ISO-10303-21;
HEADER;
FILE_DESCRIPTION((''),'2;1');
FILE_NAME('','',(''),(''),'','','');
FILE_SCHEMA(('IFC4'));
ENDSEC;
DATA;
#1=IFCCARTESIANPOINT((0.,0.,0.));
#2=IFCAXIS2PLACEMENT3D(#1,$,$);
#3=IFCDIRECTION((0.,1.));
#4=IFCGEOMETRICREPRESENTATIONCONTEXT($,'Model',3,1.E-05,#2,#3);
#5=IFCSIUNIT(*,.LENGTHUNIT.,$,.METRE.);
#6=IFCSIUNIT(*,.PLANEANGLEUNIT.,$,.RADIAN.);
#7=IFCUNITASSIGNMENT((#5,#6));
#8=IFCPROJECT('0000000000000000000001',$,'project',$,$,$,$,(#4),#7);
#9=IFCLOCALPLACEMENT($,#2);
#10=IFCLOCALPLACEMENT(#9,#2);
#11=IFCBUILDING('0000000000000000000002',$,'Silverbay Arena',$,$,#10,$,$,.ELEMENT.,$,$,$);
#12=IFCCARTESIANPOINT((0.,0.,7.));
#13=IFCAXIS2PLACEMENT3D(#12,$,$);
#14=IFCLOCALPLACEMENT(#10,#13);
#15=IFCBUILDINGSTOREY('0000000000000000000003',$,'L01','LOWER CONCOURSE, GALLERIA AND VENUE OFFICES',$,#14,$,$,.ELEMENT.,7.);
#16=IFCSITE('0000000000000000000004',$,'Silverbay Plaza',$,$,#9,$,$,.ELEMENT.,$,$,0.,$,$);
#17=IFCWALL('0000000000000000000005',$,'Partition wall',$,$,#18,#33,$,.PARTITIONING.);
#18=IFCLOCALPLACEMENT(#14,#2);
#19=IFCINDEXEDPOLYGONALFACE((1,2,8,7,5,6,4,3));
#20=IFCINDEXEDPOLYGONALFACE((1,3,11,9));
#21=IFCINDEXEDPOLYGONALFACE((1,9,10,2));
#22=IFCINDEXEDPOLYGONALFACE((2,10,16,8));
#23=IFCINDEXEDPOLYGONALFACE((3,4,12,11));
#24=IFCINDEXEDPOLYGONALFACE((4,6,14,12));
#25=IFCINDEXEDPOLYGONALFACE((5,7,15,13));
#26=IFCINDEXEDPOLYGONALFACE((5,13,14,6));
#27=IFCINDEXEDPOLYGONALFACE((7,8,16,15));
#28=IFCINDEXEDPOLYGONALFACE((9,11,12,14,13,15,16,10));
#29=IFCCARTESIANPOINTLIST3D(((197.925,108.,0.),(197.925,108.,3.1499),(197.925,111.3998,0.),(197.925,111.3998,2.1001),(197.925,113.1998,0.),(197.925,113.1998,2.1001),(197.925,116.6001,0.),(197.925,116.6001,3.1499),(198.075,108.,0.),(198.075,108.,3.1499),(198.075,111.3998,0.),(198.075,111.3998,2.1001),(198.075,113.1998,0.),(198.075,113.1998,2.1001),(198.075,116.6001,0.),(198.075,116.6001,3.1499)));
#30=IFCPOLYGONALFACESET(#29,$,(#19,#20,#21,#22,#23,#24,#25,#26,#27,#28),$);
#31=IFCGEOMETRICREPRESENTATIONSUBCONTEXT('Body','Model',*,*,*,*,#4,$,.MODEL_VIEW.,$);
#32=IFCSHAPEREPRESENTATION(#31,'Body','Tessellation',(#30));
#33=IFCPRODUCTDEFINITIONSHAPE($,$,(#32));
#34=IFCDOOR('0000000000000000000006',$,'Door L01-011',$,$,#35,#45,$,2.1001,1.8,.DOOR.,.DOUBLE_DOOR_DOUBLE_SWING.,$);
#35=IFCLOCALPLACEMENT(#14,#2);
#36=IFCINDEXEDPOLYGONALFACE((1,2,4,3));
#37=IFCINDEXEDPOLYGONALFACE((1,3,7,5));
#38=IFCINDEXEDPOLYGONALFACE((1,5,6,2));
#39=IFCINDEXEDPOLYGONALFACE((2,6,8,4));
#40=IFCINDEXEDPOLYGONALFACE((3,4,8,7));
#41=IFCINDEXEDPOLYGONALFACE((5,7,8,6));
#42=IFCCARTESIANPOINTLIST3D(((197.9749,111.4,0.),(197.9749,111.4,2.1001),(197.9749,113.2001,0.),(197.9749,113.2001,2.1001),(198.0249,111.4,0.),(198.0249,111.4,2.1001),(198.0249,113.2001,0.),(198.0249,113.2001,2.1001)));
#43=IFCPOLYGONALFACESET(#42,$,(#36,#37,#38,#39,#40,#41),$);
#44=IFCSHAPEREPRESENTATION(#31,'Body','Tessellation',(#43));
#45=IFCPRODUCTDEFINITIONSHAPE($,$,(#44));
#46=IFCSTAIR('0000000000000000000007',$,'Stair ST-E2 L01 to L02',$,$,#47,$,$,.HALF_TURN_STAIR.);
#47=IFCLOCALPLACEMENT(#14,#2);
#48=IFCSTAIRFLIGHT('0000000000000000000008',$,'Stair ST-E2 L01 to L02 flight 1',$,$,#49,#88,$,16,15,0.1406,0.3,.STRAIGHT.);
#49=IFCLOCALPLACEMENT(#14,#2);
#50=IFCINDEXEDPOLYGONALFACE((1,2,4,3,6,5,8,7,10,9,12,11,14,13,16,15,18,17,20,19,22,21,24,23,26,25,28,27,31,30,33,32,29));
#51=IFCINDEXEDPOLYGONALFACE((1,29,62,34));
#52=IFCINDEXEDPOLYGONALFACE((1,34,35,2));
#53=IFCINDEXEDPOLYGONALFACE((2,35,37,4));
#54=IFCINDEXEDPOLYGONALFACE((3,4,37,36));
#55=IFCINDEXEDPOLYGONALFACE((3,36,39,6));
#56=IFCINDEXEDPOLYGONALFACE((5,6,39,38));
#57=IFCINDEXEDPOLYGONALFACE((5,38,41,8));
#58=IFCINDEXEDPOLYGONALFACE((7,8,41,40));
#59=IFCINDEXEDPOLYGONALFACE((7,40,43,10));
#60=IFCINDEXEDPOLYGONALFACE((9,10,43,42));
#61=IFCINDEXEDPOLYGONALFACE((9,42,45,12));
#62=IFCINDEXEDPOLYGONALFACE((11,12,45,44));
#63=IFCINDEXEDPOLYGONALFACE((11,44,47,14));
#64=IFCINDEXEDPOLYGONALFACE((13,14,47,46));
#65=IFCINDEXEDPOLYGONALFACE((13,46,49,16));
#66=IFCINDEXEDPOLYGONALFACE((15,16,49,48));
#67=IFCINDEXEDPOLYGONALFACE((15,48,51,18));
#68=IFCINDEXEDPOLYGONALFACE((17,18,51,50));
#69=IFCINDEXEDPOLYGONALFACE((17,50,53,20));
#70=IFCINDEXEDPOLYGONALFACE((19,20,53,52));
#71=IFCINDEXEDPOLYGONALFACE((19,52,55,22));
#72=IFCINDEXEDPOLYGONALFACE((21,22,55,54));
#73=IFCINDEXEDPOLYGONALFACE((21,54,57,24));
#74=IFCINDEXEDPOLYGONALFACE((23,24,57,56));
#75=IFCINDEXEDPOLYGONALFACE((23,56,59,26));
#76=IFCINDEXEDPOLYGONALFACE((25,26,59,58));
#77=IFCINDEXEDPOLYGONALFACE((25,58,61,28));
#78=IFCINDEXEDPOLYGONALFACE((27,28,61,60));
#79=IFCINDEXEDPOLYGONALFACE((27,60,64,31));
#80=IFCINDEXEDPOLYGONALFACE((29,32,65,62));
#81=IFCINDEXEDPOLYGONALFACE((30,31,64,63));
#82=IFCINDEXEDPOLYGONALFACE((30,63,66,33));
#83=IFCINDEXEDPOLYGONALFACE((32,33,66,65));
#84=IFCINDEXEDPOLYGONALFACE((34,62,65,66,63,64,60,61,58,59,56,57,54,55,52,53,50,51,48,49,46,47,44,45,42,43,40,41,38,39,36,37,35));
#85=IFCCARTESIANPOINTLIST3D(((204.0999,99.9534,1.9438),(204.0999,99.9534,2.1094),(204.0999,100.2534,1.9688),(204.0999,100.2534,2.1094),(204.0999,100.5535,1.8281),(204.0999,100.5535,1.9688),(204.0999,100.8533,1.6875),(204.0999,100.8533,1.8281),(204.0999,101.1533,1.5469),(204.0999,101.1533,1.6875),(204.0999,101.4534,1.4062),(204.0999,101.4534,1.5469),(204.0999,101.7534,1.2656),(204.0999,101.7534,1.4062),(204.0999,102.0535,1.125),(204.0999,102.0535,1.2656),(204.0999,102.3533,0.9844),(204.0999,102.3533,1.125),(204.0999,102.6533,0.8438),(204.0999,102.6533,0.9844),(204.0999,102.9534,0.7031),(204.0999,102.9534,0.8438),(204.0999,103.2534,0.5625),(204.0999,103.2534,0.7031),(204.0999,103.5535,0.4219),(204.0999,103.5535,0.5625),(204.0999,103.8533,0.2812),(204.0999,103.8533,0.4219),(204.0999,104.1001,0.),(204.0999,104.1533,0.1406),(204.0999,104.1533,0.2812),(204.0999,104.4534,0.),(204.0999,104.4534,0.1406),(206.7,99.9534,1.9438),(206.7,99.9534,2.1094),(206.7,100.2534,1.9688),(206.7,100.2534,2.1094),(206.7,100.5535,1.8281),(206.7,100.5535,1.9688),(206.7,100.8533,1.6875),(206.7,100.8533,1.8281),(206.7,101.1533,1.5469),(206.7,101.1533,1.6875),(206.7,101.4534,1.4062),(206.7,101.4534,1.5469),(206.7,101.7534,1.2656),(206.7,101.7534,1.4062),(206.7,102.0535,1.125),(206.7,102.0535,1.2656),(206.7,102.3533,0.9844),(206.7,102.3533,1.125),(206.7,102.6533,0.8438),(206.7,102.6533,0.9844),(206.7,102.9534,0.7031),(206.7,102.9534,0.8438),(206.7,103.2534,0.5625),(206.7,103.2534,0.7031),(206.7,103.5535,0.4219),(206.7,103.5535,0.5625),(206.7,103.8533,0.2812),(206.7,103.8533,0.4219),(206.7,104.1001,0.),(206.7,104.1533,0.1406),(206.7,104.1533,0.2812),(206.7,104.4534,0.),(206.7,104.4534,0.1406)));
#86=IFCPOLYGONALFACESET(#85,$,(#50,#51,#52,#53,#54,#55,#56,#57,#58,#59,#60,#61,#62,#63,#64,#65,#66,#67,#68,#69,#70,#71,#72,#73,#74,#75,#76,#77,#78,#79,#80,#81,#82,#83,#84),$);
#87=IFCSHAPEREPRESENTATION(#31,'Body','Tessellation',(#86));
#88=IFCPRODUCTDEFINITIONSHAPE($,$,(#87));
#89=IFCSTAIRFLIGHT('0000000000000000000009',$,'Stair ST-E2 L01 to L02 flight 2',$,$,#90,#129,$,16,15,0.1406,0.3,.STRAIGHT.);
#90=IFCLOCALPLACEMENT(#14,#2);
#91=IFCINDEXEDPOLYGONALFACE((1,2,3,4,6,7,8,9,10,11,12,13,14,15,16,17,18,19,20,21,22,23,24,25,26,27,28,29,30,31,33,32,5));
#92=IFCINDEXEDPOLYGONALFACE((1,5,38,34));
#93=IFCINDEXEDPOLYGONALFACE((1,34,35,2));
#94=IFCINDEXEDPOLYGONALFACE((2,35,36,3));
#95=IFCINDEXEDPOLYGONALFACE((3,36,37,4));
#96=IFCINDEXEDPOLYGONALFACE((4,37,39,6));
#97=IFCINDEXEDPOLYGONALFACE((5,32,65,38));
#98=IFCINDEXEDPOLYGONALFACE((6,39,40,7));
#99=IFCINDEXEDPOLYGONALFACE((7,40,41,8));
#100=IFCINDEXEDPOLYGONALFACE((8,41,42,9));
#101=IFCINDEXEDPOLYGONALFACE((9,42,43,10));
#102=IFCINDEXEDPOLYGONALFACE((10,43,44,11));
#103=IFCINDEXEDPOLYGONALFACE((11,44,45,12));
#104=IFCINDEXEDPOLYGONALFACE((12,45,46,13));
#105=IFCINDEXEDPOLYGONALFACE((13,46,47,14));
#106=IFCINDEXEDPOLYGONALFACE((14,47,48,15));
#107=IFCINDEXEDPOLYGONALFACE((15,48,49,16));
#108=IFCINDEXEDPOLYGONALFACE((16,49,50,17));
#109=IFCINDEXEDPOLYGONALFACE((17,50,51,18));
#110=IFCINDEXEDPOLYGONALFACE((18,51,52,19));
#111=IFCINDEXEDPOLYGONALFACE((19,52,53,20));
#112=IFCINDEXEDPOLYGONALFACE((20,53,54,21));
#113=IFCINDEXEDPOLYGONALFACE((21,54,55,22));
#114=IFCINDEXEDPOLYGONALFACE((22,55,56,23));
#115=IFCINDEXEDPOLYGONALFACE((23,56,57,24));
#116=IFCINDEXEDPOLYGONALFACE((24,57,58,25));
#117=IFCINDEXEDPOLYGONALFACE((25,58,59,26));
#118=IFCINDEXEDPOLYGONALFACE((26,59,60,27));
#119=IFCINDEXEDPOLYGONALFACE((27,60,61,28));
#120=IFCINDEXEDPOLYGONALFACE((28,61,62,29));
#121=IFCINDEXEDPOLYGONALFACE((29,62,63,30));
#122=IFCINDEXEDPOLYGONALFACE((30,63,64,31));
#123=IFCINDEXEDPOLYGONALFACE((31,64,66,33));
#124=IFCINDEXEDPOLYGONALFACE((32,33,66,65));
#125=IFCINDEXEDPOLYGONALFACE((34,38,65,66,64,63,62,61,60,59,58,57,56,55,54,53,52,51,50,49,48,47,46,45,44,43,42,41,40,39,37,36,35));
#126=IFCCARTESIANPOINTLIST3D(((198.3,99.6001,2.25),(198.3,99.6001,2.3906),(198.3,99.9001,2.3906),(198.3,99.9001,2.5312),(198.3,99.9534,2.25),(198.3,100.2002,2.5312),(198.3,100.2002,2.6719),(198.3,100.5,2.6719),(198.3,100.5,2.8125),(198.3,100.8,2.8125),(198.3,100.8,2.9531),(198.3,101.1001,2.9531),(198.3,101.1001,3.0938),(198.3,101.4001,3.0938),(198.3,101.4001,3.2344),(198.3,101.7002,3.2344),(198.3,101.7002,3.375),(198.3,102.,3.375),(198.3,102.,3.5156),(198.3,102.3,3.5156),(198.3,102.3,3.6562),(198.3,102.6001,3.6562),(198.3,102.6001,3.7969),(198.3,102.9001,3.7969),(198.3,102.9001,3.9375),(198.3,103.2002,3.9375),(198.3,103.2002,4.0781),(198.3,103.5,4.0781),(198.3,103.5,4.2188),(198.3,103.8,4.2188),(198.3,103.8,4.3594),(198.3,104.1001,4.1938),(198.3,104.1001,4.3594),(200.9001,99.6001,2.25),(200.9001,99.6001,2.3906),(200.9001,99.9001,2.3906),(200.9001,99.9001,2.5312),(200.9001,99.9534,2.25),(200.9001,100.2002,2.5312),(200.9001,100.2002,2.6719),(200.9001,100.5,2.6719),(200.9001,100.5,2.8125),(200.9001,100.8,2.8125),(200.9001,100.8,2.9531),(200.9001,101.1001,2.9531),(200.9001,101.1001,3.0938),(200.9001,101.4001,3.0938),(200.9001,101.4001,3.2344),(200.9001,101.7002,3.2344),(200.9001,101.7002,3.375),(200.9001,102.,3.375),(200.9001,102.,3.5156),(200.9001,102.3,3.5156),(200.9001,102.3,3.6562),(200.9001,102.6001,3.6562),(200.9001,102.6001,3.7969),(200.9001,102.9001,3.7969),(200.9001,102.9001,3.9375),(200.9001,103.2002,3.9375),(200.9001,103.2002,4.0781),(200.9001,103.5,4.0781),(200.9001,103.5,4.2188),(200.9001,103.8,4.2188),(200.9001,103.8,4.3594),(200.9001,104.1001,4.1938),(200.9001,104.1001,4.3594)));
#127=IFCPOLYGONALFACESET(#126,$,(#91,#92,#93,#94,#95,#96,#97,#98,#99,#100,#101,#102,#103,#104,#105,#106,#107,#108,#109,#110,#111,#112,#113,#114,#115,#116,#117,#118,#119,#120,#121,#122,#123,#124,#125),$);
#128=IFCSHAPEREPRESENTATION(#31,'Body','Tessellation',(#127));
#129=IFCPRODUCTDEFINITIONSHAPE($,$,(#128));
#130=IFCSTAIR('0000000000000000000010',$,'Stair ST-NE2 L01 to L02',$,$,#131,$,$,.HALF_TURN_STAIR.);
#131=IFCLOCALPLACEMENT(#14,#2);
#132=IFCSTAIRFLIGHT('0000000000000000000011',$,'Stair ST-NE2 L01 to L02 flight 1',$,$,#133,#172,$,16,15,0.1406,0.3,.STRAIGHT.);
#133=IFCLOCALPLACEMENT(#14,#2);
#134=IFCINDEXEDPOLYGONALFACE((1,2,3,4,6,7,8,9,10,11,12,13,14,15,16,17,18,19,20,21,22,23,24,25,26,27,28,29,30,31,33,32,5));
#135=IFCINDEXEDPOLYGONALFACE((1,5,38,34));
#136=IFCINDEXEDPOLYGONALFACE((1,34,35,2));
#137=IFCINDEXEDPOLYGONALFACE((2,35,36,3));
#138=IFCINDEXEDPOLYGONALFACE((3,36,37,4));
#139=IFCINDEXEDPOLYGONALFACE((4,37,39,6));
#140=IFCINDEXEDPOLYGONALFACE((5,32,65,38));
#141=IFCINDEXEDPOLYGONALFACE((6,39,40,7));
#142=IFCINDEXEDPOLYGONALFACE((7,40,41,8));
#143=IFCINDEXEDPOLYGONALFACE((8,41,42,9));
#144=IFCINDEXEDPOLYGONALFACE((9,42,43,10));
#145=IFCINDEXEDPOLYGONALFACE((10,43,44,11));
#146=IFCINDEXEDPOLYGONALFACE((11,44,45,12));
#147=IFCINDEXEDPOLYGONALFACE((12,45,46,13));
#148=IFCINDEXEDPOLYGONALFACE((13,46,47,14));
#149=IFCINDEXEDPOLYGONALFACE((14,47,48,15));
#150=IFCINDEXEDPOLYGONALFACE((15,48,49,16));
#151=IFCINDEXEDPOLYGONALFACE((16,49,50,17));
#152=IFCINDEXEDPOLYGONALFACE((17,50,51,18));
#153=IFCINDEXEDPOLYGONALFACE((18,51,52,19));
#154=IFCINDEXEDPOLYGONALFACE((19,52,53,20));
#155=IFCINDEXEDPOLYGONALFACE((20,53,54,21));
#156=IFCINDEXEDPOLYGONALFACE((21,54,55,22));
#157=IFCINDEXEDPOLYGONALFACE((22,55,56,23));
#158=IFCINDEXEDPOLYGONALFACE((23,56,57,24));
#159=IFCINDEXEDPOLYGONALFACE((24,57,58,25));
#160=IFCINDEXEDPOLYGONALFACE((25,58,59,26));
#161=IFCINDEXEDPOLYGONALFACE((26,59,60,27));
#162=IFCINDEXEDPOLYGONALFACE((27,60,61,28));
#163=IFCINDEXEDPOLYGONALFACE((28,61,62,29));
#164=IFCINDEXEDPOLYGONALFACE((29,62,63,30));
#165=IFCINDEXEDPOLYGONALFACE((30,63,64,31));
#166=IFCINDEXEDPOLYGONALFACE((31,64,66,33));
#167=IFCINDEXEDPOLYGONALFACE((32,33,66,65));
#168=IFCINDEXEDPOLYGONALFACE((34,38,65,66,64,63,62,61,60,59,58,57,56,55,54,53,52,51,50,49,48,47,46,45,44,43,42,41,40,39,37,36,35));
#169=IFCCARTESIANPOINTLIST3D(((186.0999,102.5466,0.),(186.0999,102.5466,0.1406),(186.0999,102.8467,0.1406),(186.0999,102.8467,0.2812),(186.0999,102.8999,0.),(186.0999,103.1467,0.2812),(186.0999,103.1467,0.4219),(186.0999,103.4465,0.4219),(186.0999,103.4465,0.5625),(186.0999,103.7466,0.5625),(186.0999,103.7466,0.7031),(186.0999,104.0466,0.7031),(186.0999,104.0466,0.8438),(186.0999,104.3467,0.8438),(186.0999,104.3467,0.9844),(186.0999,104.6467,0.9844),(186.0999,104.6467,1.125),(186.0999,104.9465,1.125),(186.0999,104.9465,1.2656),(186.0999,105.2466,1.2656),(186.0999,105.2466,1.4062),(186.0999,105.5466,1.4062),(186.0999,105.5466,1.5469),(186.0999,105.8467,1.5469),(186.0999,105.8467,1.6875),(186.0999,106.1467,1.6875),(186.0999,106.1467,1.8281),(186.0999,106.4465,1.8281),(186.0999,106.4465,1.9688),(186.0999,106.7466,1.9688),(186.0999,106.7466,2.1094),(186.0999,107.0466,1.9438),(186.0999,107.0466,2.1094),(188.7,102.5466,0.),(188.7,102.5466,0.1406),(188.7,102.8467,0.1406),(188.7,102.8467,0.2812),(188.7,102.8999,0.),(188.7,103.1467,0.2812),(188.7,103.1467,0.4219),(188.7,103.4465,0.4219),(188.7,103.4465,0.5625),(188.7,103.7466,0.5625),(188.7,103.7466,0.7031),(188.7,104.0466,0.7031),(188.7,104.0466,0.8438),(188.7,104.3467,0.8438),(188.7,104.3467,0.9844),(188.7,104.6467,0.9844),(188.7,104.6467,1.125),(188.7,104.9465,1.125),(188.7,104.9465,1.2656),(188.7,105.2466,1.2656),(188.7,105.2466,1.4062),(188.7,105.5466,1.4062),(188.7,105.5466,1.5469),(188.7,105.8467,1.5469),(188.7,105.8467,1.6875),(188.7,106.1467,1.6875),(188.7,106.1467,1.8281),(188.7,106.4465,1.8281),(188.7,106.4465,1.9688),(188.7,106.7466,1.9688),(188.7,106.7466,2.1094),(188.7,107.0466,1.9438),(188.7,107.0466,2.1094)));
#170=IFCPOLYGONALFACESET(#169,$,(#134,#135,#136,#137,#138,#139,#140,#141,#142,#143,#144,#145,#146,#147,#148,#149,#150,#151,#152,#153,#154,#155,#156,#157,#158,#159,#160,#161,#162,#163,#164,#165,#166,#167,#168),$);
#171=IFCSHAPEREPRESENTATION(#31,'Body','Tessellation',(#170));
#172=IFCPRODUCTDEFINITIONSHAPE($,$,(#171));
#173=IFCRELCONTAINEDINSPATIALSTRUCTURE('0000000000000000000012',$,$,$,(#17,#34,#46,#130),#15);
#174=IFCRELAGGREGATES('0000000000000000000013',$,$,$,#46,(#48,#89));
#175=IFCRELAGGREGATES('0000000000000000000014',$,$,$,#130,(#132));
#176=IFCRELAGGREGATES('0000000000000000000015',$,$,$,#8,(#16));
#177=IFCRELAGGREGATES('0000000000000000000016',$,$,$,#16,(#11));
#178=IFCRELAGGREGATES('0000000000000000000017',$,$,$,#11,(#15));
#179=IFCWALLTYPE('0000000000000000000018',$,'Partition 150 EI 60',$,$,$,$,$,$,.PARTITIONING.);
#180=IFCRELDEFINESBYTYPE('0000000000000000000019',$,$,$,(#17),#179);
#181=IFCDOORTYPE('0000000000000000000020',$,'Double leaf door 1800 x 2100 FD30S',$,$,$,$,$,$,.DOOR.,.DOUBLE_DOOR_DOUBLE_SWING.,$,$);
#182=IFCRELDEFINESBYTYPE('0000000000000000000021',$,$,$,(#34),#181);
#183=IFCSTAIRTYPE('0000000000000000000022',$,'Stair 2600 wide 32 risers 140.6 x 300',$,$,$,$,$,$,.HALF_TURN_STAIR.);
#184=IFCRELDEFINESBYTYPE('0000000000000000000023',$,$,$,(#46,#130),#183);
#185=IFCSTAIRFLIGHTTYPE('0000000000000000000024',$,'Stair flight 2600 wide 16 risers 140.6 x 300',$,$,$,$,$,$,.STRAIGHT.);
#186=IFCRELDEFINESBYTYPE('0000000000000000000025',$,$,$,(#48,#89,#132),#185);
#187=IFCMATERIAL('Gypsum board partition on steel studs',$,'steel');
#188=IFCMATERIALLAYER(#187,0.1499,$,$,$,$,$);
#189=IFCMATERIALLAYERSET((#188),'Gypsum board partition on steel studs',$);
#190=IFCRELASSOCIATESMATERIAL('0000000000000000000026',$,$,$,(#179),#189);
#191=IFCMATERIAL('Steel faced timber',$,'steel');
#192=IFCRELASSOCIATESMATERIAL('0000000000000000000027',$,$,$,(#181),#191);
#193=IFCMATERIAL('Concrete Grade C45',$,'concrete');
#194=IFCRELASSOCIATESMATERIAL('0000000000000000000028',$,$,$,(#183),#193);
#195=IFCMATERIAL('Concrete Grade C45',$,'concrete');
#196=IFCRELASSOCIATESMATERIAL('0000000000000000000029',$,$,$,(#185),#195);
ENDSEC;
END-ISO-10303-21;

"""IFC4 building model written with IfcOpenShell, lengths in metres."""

from ifc_helpers import new_model, si_unit, direction, frame, frame_2d, origin, place, context, subcontext, project, spatial, polyline, rectangle, outline, extrude, material, layer, layer_set, type_object, element, fill, aggregate, save


model = new_model("IFC4")

# Units and contexts
model_context = context("Model", 3, precision=1e-05, world=origin(), true_north=direction((0.0, 1.0)))
body_context = subcontext(model_context, "Body", "Model", "MODEL_VIEW")
ifc_project = project(units=[si_unit("LENGTHUNIT", "METRE"), si_unit("PLANEANGLEUNIT", "RADIAN")], contexts=[model_context])

# Site, building, storey
site_placement = place(None, origin())
site = spatial("IfcSite", under=ifc_project, at=site_placement, Name="Silverbay Plaza", CompositionType="ELEMENT", RefElevation=0.0)
building_placement = place(site_placement, origin())
building = spatial("IfcBuilding", under=site, at=building_placement, Name="Silverbay Arena", CompositionType="ELEMENT")
storey_placement = place(building_placement, frame((0.0, 0.0, 7.0)))
storey = spatial("IfcBuildingStorey", under=building, at=storey_placement, Name="L01", Description="LOWER CONCOURSE, GALLERIA AND VENUE OFFICES", CompositionType="ELEMENT", Elevation=7.0)

# Shared definitions
ifc_material_1 = material(Name="Gypsum board partition on steel studs", Category="steel")
ifc_layer_1 = layer(ifc_material_1, 0.1499)
ifc_layer_set_1 = layer_set([ifc_layer_1], Name="Gypsum board partition on steel studs")
wall_type_1 = type_object("IfcWallType", Name="Partition 150 EI 60", PredefinedType="PARTITIONING", material=ifc_layer_set_1)

# Wall, opening, door
wall_1_placement = place(storey_placement, frame((198.0, 108.0, 0.0), z_axis=(0.0, 0.0, 1.0), x_axis=(0.0, 1.0, 0.0)))
wall_1 = element("IfcWall", 1, at=wall_1_placement, inside=storey, type_object=wall_type_1, Name="Partition wall", PredefinedType="PARTITIONING", context=body_context, shape_type="SweptSolid", body=[
    extrude(rectangle(XDim=8.6001, YDim=0.1499, at=frame_2d((4.3, 0.0))), origin(), (0.0, 0.0, 1.0), 3.1499),
])
opening_1_placement = place(wall_1_placement, frame((3.3999, 0.0, 0.0)))
opening_1 = element("IfcOpeningElement", 2, at=opening_1_placement, cuts=wall_1, PredefinedType="OPENING", context=body_context, shape_type="SweptSolid", body=[
    extrude(rectangle(XDim=1.8, YDim=2.1001, at=frame_2d((0.8999, 1.05))), frame((0.0, 0.085, 0.0), z_axis=(0.0, -1.0, 0.0), x_axis=(1.0, 0.0, 0.0)), (0.0, 0.0, 1.0), 0.1699),
])
ifc_material_2 = material(Name="Steel faced timber", Category="steel")
door_type_1 = type_object("IfcDoorType", Name="Double leaf door 1800 x 2100 FD30S", OperationType="DOUBLE_DOOR_DOUBLE_SWING", PredefinedType="DOOR", material=ifc_material_2)
door_1_placement = place(opening_1_placement, frame((1.8, 0.0, 0.0), z_axis=(0.0, 0.0, 1.0), x_axis=(-1.0, 0.0, 0.0)))
door_1 = element("IfcDoor", 3, at=door_1_placement, inside=storey, type_object=door_type_1, Name="Door L01-011", OperationType="DOUBLE_DOOR_DOUBLE_SWING", OverallHeight=2.1001, OverallWidth=1.8, PredefinedType="DOOR", context=body_context, shape_type="SweptSolid", body=[
    extrude(rectangle(XDim=1.8, YDim=2.1001, at=frame_2d((0.8999, 1.05))), frame((0.0, 0.0249, 0.0), z_axis=(0.0, -1.0, 0.0), x_axis=(1.0, 0.0, 0.0)), (0.0, 0.0, 1.0), 0.05),
])
fill(opening_1, door_1)

# Stair, stair flights
ifc_material_3 = material(Name="Concrete Grade C45", Category="concrete")
stair_type = type_object("IfcStairType", Name="Stair 2600 wide 32 risers 140.6 x 300", PredefinedType="HALF_TURN_STAIR", material=ifc_material_3)
stair_1_placement = place(storey_placement, origin())
stair_1 = element("IfcStair", 4, at=stair_1_placement, inside=storey, type_object=stair_type, Name="Stair ST-E2 L01 to L02", PredefinedType="HALF_TURN_STAIR")
ifc_material_4 = material(Name="Concrete Grade C45", Category="concrete")
stair_flight_type = type_object("IfcStairFlightType", Name="Stair flight 2600 wide 16 risers 140.6 x 300", PredefinedType="STRAIGHT", material=ifc_material_4)
stair_flight_1_placement = place(storey_placement, frame((205.3999, 104.4534, 0.0), z_axis=(0.0, 0.0, 1.0), x_axis=(0.0, -1.0, 0.0)))
stair_flight_1 = element("IfcStairFlight", 5, at=stair_flight_1_placement, type_object=stair_flight_type, Name="Stair ST-E2 L01 to L02 flight 1", NumberOfRisers=16, NumberOfTreads=15, PredefinedType="STRAIGHT", RiserHeight=0.1406, TreadLength=0.3, context=body_context, shape_type="SweptSolid", body=[
    extrude(outline(polyline([(0.0, 0.0), (0.0, 0.1406), (0.3, 0.1406), (0.3, 0.2812), (0.6001, 0.2812), (0.6001, 0.4219), (0.8999, 0.4219), (0.8999, 0.5625), (1.2, 0.5625), (1.2, 0.7031), (1.5, 0.7031), (1.5, 0.8438), (1.8, 0.8438), (1.8, 0.9844), (2.1001, 0.9844), (2.1001, 1.125), (2.3999, 1.125), (2.3999, 1.2656), (2.7, 1.2656), (2.7, 1.4062), (3.0, 1.4062), (3.0, 1.5469), (3.3, 1.5469), (3.3, 1.6875), (3.6001, 1.6875), (3.6001, 1.8281), (3.8999, 1.8281), (3.8999, 1.9688), (4.2, 1.9688), (4.2, 2.1094), (4.5, 2.1094), (4.5, 1.9438), (0.3533, 0.0), (0.0, 0.0)])), frame((0.0, 1.3, 0.0), z_axis=(0.0, -1.0, 0.0), x_axis=(1.0, 0.0, 0.0)), (0.0, 0.0, 1.0), 2.6001),
])
stair_flight_2_placement = place(storey_placement, frame((199.6001, 99.6001, 2.25), z_axis=(0.0, 0.0, 1.0), x_axis=(0.0, 1.0, 0.0)))
stair_flight_2 = element("IfcStairFlight", 6, at=stair_flight_2_placement, type_object=stair_flight_type, Name="Stair ST-E2 L01 to L02 flight 2", NumberOfRisers=16, NumberOfTreads=15, PredefinedType="STRAIGHT", RiserHeight=0.1406, TreadLength=0.3, context=body_context, shape_type="SweptSolid", body=[
    extrude(outline(polyline([(0.0, 0.0), (0.0, 0.1406), (0.3, 0.1406), (0.3, 0.2812), (0.6001, 0.2812), (0.6001, 0.4219), (0.8999, 0.4219), (0.8999, 0.5625), (1.2, 0.5625), (1.2, 0.7031), (1.5, 0.7031), (1.5, 0.8438), (1.8, 0.8438), (1.8, 0.9844), (2.1001, 0.9844), (2.1001, 1.125), (2.3999, 1.125), (2.3999, 1.2656), (2.7, 1.2656), (2.7, 1.4062), (3.0, 1.4062), (3.0, 1.5469), (3.3, 1.5469), (3.3, 1.6875), (3.6001, 1.6875), (3.6001, 1.8281), (3.8999, 1.8281), (3.8999, 1.9688), (4.2, 1.9688), (4.2, 2.1094), (4.5, 2.1094), (4.5, 1.9438), (0.3533, 0.0), (0.0, 0.0)])), frame((0.0, 1.3, 0.0), z_axis=(0.0, -1.0, 0.0), x_axis=(1.0, 0.0, 0.0)), (0.0, 0.0, 1.0), 2.6001),
])
aggregate(stair_1, [stair_flight_1, stair_flight_2])

# Stair, stair flight
stair_2_placement = place(storey_placement, origin())
stair_2 = element("IfcStair", 7, at=stair_2_placement, inside=storey, type_object=stair_type, Name="Stair ST-NE2 L01 to L02", PredefinedType="HALF_TURN_STAIR")
stair_flight_3_placement = place(storey_placement, frame((187.3999, 102.5466, 0.0), z_axis=(0.0, 0.0, 1.0), x_axis=(0.0, 1.0, 0.0)))
stair_flight_3 = element("IfcStairFlight", 8, at=stair_flight_3_placement, type_object=stair_flight_type, Name="Stair ST-NE2 L01 to L02 flight 1", NumberOfRisers=16, NumberOfTreads=15, PredefinedType="STRAIGHT", RiserHeight=0.1406, TreadLength=0.3, context=body_context, shape_type="SweptSolid", body=[
    extrude(outline(polyline([(0.0, 0.0), (0.0, 0.1406), (0.3, 0.1406), (0.3, 0.2812), (0.6001, 0.2812), (0.6001, 0.4219), (0.8999, 0.4219), (0.8999, 0.5625), (1.2, 0.5625), (1.2, 0.7031), (1.5, 0.7031), (1.5, 0.8438), (1.8, 0.8438), (1.8, 0.9844), (2.1001, 0.9844), (2.1001, 1.125), (2.3999, 1.125), (2.3999, 1.2656), (2.7, 1.2656), (2.7, 1.4062), (3.0, 1.4062), (3.0, 1.5469), (3.3, 1.5469), (3.3, 1.6875), (3.6001, 1.6875), (3.6001, 1.8281), (3.8999, 1.8281), (3.8999, 1.9688), (4.2, 1.9688), (4.2, 2.1094), (4.5, 2.1094), (4.5, 1.9438), (0.3533, 0.0), (0.0, 0.0)])), frame((0.0, 1.3, 0.0), z_axis=(0.0, -1.0, 0.0), x_axis=(1.0, 0.0, 0.0)), (0.0, 0.0, 1.0), 2.6001),
])
aggregate(stair_2, [stair_flight_3])

save(model, "model.ifc")
